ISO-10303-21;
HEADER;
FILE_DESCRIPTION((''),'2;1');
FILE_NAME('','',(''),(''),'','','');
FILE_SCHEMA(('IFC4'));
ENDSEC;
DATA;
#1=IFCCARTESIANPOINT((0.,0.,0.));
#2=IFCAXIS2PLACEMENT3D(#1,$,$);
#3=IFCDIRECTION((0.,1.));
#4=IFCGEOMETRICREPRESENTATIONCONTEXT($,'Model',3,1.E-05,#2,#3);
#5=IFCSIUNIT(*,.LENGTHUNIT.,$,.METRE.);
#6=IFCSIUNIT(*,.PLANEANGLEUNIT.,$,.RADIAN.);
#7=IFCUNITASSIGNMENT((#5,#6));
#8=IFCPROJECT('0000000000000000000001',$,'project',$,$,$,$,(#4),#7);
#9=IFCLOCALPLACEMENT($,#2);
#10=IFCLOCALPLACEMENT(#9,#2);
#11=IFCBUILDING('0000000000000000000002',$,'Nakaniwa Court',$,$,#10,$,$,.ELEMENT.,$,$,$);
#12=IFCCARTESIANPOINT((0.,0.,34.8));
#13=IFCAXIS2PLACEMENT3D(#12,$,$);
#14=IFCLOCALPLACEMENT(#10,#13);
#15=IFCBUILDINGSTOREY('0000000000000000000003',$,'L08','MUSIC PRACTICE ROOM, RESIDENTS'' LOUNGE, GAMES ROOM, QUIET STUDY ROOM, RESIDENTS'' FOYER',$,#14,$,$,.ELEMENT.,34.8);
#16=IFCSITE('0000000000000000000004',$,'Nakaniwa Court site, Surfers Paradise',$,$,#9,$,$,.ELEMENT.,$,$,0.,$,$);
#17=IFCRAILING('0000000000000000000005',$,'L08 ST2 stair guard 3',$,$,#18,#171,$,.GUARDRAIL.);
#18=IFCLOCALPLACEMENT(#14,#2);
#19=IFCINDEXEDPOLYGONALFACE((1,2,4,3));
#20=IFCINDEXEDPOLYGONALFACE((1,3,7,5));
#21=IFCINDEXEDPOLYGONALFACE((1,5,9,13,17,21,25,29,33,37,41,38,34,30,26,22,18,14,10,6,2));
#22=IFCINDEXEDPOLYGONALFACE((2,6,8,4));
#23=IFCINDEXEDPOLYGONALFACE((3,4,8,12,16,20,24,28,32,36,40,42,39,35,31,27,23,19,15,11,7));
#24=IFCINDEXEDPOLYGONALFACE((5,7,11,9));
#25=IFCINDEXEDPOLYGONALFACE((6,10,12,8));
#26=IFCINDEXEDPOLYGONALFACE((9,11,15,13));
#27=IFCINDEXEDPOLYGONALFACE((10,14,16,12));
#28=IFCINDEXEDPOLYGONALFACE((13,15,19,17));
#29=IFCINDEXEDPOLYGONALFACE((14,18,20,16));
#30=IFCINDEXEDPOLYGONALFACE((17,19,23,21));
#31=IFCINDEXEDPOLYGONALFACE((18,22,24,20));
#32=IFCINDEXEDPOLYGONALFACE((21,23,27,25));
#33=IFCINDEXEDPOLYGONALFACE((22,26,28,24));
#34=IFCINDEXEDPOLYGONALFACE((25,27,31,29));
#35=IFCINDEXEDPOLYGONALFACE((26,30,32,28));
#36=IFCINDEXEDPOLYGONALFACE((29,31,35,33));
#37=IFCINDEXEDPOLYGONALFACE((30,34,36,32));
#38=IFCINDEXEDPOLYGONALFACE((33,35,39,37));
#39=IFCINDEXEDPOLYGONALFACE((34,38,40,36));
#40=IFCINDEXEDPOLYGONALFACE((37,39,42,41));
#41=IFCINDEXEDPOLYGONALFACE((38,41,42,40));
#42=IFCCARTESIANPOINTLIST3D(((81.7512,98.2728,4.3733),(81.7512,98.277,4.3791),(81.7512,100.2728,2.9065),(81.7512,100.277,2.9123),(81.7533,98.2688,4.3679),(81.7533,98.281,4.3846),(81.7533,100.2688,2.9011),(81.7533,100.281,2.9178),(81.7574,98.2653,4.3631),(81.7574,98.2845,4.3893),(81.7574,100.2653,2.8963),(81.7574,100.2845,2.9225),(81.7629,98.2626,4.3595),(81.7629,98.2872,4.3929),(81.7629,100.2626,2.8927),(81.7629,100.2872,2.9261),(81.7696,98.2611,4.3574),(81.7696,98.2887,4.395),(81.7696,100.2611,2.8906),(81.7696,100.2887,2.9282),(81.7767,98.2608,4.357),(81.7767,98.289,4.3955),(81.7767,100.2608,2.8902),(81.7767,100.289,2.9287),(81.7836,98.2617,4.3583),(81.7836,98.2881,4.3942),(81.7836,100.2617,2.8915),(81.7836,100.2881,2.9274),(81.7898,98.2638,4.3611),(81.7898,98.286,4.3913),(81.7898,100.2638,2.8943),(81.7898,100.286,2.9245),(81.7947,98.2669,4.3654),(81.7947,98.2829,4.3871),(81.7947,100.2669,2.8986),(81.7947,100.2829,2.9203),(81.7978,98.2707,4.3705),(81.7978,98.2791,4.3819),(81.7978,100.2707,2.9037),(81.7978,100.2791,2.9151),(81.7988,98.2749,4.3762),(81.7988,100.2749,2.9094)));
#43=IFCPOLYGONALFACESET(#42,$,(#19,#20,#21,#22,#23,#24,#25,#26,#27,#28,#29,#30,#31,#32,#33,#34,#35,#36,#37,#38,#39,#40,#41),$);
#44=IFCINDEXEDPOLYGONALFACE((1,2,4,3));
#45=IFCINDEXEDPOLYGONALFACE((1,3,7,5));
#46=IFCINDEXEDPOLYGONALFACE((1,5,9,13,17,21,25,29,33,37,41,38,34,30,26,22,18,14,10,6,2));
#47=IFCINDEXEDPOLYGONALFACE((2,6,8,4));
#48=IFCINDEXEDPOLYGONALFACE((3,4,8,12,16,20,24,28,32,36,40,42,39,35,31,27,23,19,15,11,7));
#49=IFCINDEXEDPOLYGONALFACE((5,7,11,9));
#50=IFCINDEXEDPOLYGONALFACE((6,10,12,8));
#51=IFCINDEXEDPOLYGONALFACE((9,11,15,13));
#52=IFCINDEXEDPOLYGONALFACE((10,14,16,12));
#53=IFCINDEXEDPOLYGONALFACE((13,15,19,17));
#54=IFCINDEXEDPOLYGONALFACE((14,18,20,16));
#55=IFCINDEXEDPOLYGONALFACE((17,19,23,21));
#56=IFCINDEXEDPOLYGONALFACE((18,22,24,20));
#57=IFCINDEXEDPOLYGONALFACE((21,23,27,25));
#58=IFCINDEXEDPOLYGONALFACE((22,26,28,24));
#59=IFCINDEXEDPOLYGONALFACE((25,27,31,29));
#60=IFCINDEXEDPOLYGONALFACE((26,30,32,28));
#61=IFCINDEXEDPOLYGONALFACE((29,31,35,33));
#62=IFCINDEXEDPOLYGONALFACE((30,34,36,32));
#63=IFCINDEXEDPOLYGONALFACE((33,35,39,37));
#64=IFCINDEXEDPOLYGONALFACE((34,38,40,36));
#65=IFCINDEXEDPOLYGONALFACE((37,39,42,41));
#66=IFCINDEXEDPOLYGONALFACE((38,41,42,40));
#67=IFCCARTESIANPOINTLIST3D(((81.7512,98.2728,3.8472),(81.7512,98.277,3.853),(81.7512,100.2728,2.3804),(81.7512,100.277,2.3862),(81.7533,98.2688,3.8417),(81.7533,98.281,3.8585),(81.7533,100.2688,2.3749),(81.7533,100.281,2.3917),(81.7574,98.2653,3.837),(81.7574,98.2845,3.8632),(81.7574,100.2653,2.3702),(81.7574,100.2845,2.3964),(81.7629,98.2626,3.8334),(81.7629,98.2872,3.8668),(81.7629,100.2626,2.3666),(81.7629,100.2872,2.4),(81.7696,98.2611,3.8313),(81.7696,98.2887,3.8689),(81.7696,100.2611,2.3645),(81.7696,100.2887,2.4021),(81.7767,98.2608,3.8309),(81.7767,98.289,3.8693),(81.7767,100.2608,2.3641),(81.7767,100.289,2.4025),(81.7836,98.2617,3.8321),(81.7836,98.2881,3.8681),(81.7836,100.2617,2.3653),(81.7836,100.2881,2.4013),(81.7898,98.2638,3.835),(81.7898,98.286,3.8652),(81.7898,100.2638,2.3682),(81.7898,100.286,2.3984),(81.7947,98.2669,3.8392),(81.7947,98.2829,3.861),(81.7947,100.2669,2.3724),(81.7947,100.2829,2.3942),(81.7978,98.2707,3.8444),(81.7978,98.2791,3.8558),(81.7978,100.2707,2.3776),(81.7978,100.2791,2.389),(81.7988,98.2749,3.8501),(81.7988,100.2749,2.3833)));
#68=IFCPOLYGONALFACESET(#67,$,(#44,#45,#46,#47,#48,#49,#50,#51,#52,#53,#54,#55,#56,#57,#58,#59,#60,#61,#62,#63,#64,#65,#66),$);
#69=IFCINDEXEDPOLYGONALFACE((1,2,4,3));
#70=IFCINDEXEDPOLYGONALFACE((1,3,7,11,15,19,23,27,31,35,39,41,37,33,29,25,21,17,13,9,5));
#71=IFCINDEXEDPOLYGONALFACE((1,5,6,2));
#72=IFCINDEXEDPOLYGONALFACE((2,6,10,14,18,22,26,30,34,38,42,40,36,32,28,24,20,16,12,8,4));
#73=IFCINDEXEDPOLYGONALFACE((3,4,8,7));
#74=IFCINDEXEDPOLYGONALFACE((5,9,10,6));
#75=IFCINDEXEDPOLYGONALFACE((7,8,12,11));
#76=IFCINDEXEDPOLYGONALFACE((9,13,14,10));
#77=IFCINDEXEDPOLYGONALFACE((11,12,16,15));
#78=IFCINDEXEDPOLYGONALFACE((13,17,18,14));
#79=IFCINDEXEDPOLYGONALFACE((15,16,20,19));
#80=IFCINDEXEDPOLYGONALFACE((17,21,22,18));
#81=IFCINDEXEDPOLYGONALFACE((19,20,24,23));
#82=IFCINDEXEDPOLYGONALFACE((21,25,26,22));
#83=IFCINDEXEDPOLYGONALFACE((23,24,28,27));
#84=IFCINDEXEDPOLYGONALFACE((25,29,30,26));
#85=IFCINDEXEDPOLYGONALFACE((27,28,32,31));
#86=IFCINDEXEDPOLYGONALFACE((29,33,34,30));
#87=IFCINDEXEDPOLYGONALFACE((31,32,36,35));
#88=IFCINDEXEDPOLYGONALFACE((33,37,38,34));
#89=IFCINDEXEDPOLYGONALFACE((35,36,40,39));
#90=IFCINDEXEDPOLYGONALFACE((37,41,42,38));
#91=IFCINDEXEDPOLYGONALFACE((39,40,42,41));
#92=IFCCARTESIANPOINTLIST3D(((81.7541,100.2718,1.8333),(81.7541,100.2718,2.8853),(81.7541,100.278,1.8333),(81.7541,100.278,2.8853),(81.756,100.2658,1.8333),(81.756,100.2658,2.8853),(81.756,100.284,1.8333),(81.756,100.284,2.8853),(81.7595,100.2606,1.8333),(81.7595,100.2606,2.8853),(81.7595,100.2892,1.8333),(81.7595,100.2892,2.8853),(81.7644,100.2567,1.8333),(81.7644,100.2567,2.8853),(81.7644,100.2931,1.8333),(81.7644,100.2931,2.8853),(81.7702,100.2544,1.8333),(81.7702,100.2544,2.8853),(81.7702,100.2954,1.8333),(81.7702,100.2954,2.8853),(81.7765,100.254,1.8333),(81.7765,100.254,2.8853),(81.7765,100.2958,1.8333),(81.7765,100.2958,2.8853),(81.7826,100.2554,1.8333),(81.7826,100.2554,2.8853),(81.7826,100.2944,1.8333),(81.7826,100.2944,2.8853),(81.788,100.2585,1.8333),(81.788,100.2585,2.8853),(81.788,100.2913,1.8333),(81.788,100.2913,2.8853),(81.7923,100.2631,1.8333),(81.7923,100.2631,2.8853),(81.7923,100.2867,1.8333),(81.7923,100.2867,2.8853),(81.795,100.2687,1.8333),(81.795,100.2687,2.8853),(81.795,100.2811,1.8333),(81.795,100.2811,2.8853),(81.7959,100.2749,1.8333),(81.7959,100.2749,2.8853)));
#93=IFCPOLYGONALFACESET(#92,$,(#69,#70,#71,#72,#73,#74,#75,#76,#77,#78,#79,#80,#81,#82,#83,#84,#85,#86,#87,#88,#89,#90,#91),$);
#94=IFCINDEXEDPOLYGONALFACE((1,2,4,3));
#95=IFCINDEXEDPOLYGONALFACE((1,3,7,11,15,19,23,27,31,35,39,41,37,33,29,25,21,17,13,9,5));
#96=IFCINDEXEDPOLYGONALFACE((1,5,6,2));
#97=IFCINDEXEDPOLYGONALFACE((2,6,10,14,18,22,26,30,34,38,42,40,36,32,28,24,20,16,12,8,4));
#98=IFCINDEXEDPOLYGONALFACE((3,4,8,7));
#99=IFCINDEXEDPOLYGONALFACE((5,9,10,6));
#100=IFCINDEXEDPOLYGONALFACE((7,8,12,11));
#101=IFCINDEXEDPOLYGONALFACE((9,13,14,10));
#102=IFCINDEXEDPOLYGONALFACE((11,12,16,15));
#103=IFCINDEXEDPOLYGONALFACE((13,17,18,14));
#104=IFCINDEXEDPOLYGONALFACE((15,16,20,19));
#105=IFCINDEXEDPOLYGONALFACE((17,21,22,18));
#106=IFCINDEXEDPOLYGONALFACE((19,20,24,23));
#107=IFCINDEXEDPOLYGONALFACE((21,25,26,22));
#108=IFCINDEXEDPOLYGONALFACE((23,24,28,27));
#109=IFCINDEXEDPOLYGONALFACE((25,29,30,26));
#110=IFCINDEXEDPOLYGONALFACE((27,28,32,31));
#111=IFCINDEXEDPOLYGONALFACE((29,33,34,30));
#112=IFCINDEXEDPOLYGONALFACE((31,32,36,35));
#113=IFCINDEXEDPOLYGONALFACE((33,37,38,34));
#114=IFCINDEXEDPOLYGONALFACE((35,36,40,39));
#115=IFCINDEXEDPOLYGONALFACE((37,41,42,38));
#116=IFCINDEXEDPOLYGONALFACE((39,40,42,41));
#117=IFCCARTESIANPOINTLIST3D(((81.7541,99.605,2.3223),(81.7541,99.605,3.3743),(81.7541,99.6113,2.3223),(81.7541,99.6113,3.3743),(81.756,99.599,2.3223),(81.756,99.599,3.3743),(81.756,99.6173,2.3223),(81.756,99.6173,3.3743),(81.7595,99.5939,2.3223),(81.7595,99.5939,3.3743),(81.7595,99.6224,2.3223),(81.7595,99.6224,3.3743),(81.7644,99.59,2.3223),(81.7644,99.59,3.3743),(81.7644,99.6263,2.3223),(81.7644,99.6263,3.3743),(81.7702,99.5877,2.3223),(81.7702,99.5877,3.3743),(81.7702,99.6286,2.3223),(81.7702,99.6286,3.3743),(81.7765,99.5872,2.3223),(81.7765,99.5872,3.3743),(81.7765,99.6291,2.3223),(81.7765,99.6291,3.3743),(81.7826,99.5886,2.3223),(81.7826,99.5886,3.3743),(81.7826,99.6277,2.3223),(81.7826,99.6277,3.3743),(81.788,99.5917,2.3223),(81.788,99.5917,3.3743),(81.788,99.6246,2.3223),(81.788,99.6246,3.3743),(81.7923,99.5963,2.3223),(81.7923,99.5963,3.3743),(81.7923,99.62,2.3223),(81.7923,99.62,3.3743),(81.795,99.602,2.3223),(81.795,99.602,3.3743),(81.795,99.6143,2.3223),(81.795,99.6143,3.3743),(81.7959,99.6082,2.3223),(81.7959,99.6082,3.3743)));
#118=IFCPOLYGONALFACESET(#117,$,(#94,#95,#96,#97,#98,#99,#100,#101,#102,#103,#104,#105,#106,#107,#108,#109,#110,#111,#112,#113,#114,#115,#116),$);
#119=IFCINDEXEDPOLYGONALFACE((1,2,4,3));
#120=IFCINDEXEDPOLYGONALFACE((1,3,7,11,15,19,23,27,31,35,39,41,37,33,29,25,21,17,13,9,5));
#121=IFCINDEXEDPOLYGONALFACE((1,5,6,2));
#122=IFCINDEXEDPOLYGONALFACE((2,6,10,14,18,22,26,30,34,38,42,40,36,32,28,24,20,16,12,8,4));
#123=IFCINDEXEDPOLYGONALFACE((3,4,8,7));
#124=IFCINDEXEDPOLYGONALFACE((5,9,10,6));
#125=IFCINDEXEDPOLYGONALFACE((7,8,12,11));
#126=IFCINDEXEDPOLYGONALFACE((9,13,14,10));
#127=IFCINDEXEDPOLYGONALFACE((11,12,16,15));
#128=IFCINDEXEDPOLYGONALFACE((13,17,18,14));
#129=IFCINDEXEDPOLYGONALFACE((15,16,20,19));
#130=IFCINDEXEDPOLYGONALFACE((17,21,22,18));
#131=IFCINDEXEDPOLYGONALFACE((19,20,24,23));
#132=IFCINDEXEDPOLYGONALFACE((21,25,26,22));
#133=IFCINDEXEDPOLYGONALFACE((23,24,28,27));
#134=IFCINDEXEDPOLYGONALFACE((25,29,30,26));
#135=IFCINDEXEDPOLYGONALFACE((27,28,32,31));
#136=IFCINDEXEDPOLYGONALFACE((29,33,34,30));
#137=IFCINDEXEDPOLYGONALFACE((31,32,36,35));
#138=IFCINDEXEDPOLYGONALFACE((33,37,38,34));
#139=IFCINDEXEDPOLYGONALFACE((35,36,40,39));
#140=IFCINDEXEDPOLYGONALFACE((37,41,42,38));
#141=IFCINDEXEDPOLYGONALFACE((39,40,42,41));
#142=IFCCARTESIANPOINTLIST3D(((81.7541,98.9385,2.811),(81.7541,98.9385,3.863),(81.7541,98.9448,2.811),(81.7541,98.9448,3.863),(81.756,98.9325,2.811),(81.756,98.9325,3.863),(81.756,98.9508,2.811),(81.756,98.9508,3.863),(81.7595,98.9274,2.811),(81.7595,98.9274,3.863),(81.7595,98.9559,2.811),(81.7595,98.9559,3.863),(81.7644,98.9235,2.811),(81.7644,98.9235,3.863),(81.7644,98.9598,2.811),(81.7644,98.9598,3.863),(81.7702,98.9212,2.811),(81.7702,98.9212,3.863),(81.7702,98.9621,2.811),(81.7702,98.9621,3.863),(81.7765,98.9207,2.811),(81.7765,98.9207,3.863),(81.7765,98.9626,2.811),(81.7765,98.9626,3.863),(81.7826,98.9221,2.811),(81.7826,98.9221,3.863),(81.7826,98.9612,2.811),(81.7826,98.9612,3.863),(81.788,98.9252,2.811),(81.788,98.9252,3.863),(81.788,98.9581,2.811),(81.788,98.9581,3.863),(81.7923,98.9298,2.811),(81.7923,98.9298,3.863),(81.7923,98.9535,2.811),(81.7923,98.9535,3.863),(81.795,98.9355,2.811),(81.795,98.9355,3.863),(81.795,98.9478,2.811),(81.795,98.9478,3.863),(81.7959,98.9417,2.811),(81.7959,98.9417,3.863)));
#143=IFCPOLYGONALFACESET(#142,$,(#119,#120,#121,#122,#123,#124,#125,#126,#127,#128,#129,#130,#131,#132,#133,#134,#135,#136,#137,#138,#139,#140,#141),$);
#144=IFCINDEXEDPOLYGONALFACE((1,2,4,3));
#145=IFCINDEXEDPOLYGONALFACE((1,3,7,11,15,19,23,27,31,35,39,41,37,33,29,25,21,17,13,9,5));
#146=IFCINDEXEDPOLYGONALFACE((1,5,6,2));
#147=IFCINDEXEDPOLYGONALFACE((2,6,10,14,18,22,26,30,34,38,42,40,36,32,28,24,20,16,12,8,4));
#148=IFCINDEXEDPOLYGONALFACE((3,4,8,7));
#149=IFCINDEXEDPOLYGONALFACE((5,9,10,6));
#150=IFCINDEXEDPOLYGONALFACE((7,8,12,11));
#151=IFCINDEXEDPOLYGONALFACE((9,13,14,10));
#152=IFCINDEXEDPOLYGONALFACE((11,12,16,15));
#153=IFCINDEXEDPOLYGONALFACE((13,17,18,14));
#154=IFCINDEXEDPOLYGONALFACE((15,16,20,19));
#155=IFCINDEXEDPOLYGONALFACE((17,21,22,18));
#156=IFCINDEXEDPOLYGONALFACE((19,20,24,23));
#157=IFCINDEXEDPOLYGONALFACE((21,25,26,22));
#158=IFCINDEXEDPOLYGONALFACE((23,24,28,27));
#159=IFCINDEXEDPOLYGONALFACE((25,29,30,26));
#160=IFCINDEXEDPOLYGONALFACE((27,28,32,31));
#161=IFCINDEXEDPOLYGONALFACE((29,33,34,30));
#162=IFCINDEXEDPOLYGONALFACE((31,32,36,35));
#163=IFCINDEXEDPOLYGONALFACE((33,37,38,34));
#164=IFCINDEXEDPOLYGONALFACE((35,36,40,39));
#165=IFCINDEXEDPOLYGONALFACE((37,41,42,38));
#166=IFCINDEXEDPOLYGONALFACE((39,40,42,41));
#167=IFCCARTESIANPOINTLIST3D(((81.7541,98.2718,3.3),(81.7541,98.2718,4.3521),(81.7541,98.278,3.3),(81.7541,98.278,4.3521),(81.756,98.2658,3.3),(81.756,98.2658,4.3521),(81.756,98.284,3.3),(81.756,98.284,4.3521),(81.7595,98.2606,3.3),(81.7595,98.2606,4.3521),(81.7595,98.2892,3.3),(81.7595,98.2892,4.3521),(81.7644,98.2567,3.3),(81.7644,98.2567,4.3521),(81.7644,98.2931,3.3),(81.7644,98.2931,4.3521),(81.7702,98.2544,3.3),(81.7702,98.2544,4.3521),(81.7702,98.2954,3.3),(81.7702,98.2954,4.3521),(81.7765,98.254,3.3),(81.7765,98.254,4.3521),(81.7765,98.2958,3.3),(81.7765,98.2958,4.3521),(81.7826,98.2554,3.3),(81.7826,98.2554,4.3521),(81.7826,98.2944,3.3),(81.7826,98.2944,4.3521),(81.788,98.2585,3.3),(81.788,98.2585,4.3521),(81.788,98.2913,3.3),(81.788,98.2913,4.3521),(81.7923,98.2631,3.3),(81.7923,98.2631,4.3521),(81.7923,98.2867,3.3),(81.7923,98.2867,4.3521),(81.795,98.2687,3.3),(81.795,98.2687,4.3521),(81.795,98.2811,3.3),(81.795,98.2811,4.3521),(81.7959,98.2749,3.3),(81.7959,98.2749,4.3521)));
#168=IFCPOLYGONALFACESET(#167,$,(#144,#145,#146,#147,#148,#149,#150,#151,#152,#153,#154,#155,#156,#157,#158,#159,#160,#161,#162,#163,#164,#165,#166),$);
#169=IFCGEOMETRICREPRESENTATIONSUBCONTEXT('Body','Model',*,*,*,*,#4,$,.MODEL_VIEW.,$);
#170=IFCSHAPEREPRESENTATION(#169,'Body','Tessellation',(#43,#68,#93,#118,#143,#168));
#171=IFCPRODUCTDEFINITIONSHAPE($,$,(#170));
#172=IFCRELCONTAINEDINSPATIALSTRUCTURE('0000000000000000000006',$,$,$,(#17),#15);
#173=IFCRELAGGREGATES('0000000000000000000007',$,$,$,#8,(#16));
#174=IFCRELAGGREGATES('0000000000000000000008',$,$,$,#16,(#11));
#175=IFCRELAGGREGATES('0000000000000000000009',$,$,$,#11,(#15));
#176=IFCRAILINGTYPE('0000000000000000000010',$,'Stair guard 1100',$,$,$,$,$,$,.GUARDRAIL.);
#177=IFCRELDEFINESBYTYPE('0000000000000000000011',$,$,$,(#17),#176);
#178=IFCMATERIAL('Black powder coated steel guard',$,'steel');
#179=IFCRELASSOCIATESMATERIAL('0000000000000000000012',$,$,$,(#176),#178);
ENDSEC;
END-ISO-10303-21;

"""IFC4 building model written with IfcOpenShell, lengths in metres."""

from ifc_helpers import new_model, si_unit, direction, frame, origin, origin_2d, place, context, subcontext, project, spatial, circle, extrude, material, type_object, element, save


model = new_model("IFC4")

# Units and contexts
model_context = context("Model", 3, precision=1e-05, world=origin(), true_north=direction((0.0, 1.0)))
body_context = subcontext(model_context, "Body", "Model", "MODEL_VIEW")
ifc_project = project(units=[si_unit("LENGTHUNIT", "METRE"), si_unit("PLANEANGLEUNIT", "RADIAN")], contexts=[model_context])

# Site, building, storey
site_placement = place(None, origin())
site = spatial("IfcSite", under=ifc_project, at=site_placement, Name="Nakaniwa Court site, Surfers Paradise", CompositionType="ELEMENT", RefElevation=0.0)
building_placement = place(site_placement, origin())
building = spatial("IfcBuilding", under=site, at=building_placement, Name="Nakaniwa Court", CompositionType="ELEMENT")
storey_placement = place(building_placement, frame((0.0, 0.0, 34.8)))
storey = spatial("IfcBuildingStorey", under=building, at=storey_placement, Name="L08", Description="MUSIC PRACTICE ROOM, RESIDENTS' LOUNGE, GAMES ROOM, QUIET STUDY ROOM, RESIDENTS' FOYER", CompositionType="ELEMENT", Elevation=34.8)

# Railing
ifc_material_1 = material(Name="Black powder coated steel guard", Category="steel")
railing_type_1 = type_object("IfcRailingType", Name="Stair guard 1100", PredefinedType="GUARDRAIL", material=ifc_material_1)
railing_1_placement = place(storey_placement, frame((81.7749, 100.2749, 1.8333)))
element("IfcRailing", 1, at=railing_1_placement, inside=storey, type_object=railing_type_1, Name="L08 ST2 stair guard 3", PredefinedType="GUARDRAIL", context=body_context, shape_type="SweptSolid", body=[
    extrude(circle(Radius=0.0239, at=origin_2d()), frame((0.0, 0.0, 1.0762), z_axis=(0.0, -0.80638, 0.591398), x_axis=(1.0, 0.0, 0.0)), (0.0, 0.0, 1.0), 2.4802),
    extrude(circle(Radius=0.0239, at=origin_2d()), frame((0.0, 0.0, 0.55), z_axis=(0.0, -0.80638, 0.591398), x_axis=(1.0, 0.0, 0.0)), (0.0, 0.0, 1.0), 2.4802),
    extrude(circle(Radius=0.021, at=origin_2d()), origin(), (0.0, 0.0, 1.0), 1.052),
    extrude(circle(Radius=0.021, at=origin_2d()), frame((0.0, -0.6667, 0.489)), (0.0, 0.0, 1.0), 1.052),
    extrude(circle(Radius=0.021, at=origin_2d()), frame((0.0, -1.3333, 0.9778)), (0.0, 0.0, 1.0), 1.052),
    extrude(circle(Radius=0.021, at=origin_2d()), frame((0.0, -2.0, 1.4668)), (0.0, 0.0, 1.0), 1.052),
])

save(model, "model.ifc")
